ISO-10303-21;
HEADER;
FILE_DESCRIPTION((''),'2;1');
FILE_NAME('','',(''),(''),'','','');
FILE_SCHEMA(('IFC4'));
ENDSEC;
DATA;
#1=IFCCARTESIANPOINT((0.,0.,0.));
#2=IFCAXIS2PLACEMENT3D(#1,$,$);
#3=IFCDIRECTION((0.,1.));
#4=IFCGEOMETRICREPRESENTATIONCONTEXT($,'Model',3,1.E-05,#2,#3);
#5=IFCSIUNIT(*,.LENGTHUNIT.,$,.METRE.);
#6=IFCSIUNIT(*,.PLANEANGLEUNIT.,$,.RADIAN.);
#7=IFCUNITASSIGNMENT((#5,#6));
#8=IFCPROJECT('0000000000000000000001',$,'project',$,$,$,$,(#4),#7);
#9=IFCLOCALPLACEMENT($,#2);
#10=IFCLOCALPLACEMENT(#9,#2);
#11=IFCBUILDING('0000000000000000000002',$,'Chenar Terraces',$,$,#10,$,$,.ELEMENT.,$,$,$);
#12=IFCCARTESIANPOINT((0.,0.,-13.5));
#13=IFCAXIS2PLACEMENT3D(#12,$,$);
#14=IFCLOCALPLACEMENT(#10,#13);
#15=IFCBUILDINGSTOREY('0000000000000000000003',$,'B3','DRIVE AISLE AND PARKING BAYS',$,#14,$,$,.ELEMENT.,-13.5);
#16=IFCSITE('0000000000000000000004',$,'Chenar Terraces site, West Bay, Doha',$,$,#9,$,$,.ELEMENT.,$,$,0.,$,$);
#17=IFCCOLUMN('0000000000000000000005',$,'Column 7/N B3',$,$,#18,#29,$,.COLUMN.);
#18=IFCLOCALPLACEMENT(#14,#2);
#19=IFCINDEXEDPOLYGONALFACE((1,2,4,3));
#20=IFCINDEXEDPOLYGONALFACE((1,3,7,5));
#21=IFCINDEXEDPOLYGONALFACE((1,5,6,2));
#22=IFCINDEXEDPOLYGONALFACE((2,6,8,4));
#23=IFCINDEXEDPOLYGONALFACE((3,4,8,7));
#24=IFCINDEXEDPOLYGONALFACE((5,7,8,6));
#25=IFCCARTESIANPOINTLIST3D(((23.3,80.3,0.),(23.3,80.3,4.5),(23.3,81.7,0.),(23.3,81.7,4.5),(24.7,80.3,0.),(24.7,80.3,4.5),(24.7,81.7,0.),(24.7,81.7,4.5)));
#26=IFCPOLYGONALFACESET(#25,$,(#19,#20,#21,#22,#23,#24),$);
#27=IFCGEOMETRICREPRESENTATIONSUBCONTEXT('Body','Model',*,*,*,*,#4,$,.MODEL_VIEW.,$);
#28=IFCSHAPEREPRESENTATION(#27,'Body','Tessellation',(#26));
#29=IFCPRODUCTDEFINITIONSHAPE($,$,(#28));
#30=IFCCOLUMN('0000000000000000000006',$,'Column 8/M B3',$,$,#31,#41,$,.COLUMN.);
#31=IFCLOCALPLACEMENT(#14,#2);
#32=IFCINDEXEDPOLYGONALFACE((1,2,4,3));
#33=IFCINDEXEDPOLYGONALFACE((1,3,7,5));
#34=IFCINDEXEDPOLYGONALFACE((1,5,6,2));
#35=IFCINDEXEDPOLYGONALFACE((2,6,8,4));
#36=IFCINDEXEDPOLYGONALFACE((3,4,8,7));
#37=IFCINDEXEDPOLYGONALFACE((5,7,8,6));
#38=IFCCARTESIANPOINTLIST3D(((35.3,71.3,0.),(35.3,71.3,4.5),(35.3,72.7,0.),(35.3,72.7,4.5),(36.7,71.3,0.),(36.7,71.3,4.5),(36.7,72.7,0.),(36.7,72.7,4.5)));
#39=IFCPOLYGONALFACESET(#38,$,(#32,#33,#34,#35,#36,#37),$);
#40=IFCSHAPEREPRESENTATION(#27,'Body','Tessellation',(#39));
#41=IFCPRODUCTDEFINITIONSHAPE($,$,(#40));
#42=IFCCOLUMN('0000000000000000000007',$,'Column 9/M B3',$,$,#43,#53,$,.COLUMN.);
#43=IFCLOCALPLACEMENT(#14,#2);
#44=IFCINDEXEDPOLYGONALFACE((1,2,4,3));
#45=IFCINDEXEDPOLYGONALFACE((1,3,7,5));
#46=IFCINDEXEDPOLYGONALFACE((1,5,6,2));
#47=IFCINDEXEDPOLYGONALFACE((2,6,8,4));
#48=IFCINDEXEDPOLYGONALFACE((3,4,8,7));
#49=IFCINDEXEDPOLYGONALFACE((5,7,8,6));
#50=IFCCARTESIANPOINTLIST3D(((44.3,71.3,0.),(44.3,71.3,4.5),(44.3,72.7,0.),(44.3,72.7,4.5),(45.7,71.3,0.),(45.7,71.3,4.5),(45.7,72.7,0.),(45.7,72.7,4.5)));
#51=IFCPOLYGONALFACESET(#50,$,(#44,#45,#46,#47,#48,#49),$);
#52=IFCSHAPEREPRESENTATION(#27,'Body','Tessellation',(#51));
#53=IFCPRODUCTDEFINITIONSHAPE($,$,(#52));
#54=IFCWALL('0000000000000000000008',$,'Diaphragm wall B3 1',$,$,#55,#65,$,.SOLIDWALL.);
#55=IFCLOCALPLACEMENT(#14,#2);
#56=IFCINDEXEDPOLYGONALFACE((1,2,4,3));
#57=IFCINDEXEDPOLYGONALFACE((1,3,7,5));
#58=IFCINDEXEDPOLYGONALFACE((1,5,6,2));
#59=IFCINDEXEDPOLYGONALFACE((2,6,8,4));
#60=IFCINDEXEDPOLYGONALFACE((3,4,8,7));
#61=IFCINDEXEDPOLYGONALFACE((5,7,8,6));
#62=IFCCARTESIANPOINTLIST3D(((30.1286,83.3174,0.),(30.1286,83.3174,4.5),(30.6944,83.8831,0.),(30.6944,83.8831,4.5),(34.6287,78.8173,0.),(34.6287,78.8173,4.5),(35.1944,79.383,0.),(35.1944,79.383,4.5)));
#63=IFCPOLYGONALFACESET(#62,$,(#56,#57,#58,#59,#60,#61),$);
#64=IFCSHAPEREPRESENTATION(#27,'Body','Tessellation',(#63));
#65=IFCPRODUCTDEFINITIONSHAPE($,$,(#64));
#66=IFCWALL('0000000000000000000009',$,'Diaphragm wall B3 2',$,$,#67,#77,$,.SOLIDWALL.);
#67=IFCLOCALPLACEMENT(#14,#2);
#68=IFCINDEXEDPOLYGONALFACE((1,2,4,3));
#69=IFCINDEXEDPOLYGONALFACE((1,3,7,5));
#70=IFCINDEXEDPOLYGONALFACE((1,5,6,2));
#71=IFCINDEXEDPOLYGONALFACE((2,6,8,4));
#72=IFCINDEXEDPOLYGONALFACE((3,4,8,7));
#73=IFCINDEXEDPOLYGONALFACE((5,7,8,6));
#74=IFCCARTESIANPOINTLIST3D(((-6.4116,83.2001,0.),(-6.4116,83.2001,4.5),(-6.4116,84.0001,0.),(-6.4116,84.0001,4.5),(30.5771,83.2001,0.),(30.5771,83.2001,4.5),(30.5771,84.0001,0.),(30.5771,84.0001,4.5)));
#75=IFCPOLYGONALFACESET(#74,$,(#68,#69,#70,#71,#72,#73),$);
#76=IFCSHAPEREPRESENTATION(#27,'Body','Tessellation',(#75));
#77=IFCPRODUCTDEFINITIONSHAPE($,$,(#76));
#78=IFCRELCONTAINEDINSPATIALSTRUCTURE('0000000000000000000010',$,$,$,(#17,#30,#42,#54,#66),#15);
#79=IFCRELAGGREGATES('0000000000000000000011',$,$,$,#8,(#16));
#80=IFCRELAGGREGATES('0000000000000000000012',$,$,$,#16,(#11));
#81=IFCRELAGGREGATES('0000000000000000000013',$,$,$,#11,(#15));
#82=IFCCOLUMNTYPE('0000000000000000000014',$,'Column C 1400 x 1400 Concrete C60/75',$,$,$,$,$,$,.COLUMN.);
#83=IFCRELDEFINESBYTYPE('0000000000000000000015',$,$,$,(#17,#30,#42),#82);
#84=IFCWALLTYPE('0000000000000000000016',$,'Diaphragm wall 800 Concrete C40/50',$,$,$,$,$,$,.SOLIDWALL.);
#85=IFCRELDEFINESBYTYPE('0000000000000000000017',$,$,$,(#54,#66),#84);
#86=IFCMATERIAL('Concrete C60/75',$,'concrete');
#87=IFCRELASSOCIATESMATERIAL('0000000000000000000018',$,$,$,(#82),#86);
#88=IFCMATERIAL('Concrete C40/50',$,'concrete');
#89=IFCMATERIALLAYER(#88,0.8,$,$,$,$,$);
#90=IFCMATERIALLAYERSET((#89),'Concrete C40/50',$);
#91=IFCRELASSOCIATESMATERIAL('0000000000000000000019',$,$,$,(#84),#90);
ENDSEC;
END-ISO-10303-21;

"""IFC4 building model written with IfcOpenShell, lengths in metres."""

from ifc_helpers import new_model, si_unit, direction, frame, frame_2d, origin, origin_2d, place, context, subcontext, project, spatial, rectangle, extrude, material, layer, layer_set, material_profile, profile_set, type_object, element, save


model = new_model("IFC4")

# Units and contexts
model_context = context("Model", 3, precision=1e-05, world=origin(), true_north=direction((0.0, 1.0)))
body_context = subcontext(model_context, "Body", "Model", "MODEL_VIEW")
ifc_project = project(units=[si_unit("LENGTHUNIT", "METRE"), si_unit("PLANEANGLEUNIT", "RADIAN")], contexts=[model_context])

# Site, building, storey
site_placement = place(None, origin())
site = spatial("IfcSite", under=ifc_project, at=site_placement, Name="Chenar Terraces site, West Bay, Doha", CompositionType="ELEMENT", RefElevation=0.0)
building_placement = place(site_placement, origin())
building = spatial("IfcBuilding", under=site, at=building_placement, Name="Chenar Terraces", CompositionType="ELEMENT")
storey_placement = place(building_placement, frame((0.0, 0.0, -13.5)))
storey = spatial("IfcBuildingStorey", under=building, at=storey_placement, Name="B3", Description="DRIVE AISLE AND PARKING BAYS", CompositionType="ELEMENT", Elevation=-13.5)

# Columns
ifc_material_1 = material(Name="Concrete C60/75", Category="concrete")
ifc_material_profile_1 = material_profile(ifc_material_1, rectangle(XDim=1.3999, YDim=1.3999, at=origin_2d()), Name="C 1400 x 1400")
ifc_profile_set_1 = profile_set([ifc_material_profile_1], Name="Concrete C60/75")
column_type = type_object("IfcColumnType", Name="Column C 1400 x 1400 Concrete C60/75", PredefinedType="COLUMN", material=ifc_profile_set_1)
for number, where, z_axis, x_axis, name in (
    (1, (24.0, 81.0, 0.0), (0.0, 0.0, 1.0), (1.0, 0.0, 0.0), "Column 7/N B3"),
    (2, (36.0, 72.0, 0.0), (0.0, 0.0, 1.0), (1.0, 0.0, 0.0), "Column 8/M B3"),
    (3, (45.0, 72.0, 0.0), (0.0, 0.0, 1.0), (1.0, 0.0, 0.0), "Column 9/M B3"),
):
    element("IfcColumn", number, at=place(storey_placement, frame(where, z_axis=z_axis, x_axis=x_axis)), inside=storey, type_object=column_type, Name=name, PredefinedType="COLUMN", context=body_context, shape_type="SweptSolid", body=[
        extrude(rectangle(XDim=1.3999, YDim=1.3999, at=origin_2d()), origin(), (0.0, 0.0, 1.0), 4.5),
    ])

# Walls
ifc_material_2 = material(Name="Concrete C40/50", Category="concrete")
ifc_layer = layer(ifc_material_2, 0.8)
ifc_layer_set = layer_set([ifc_layer], Name="Concrete C40/50")
wall_type = type_object("IfcWallType", Name="Diaphragm wall 800 Concrete C40/50", PredefinedType="SOLIDWALL", material=ifc_layer_set)
wall_1_placement = place(storey_placement, frame((34.9116, 79.1001, 0.0), z_axis=(0.0, 0.0, 1.0), x_axis=(-0.707107, 0.707107, 0.0)))
element("IfcWall", 4, at=wall_1_placement, inside=storey, type_object=wall_type, Name="Diaphragm wall B3 1", PredefinedType="SOLIDWALL", context=body_context, shape_type="SweptSolid", body=[
    extrude(rectangle(XDim=6.364, YDim=0.8, at=frame_2d((3.1821, 0.0))), origin(), (0.0, 0.0, 1.0), 4.5),
])
wall_2_placement = place(storey_placement, frame((30.5771, 83.6001, 0.0), z_axis=(0.0, 0.0, 1.0), x_axis=(-1.0, 0.0, 0.0)))
element("IfcWall", 5, at=wall_2_placement, inside=storey, type_object=wall_type, Name="Diaphragm wall B3 2", PredefinedType="SOLIDWALL", context=body_context, shape_type="SweptSolid", body=[
    extrude(rectangle(XDim=36.9888, YDim=0.8, at=frame_2d((18.4944, 0.0))), origin(), (0.0, 0.0, 1.0), 4.5),
])

save(model, "model.ifc")
